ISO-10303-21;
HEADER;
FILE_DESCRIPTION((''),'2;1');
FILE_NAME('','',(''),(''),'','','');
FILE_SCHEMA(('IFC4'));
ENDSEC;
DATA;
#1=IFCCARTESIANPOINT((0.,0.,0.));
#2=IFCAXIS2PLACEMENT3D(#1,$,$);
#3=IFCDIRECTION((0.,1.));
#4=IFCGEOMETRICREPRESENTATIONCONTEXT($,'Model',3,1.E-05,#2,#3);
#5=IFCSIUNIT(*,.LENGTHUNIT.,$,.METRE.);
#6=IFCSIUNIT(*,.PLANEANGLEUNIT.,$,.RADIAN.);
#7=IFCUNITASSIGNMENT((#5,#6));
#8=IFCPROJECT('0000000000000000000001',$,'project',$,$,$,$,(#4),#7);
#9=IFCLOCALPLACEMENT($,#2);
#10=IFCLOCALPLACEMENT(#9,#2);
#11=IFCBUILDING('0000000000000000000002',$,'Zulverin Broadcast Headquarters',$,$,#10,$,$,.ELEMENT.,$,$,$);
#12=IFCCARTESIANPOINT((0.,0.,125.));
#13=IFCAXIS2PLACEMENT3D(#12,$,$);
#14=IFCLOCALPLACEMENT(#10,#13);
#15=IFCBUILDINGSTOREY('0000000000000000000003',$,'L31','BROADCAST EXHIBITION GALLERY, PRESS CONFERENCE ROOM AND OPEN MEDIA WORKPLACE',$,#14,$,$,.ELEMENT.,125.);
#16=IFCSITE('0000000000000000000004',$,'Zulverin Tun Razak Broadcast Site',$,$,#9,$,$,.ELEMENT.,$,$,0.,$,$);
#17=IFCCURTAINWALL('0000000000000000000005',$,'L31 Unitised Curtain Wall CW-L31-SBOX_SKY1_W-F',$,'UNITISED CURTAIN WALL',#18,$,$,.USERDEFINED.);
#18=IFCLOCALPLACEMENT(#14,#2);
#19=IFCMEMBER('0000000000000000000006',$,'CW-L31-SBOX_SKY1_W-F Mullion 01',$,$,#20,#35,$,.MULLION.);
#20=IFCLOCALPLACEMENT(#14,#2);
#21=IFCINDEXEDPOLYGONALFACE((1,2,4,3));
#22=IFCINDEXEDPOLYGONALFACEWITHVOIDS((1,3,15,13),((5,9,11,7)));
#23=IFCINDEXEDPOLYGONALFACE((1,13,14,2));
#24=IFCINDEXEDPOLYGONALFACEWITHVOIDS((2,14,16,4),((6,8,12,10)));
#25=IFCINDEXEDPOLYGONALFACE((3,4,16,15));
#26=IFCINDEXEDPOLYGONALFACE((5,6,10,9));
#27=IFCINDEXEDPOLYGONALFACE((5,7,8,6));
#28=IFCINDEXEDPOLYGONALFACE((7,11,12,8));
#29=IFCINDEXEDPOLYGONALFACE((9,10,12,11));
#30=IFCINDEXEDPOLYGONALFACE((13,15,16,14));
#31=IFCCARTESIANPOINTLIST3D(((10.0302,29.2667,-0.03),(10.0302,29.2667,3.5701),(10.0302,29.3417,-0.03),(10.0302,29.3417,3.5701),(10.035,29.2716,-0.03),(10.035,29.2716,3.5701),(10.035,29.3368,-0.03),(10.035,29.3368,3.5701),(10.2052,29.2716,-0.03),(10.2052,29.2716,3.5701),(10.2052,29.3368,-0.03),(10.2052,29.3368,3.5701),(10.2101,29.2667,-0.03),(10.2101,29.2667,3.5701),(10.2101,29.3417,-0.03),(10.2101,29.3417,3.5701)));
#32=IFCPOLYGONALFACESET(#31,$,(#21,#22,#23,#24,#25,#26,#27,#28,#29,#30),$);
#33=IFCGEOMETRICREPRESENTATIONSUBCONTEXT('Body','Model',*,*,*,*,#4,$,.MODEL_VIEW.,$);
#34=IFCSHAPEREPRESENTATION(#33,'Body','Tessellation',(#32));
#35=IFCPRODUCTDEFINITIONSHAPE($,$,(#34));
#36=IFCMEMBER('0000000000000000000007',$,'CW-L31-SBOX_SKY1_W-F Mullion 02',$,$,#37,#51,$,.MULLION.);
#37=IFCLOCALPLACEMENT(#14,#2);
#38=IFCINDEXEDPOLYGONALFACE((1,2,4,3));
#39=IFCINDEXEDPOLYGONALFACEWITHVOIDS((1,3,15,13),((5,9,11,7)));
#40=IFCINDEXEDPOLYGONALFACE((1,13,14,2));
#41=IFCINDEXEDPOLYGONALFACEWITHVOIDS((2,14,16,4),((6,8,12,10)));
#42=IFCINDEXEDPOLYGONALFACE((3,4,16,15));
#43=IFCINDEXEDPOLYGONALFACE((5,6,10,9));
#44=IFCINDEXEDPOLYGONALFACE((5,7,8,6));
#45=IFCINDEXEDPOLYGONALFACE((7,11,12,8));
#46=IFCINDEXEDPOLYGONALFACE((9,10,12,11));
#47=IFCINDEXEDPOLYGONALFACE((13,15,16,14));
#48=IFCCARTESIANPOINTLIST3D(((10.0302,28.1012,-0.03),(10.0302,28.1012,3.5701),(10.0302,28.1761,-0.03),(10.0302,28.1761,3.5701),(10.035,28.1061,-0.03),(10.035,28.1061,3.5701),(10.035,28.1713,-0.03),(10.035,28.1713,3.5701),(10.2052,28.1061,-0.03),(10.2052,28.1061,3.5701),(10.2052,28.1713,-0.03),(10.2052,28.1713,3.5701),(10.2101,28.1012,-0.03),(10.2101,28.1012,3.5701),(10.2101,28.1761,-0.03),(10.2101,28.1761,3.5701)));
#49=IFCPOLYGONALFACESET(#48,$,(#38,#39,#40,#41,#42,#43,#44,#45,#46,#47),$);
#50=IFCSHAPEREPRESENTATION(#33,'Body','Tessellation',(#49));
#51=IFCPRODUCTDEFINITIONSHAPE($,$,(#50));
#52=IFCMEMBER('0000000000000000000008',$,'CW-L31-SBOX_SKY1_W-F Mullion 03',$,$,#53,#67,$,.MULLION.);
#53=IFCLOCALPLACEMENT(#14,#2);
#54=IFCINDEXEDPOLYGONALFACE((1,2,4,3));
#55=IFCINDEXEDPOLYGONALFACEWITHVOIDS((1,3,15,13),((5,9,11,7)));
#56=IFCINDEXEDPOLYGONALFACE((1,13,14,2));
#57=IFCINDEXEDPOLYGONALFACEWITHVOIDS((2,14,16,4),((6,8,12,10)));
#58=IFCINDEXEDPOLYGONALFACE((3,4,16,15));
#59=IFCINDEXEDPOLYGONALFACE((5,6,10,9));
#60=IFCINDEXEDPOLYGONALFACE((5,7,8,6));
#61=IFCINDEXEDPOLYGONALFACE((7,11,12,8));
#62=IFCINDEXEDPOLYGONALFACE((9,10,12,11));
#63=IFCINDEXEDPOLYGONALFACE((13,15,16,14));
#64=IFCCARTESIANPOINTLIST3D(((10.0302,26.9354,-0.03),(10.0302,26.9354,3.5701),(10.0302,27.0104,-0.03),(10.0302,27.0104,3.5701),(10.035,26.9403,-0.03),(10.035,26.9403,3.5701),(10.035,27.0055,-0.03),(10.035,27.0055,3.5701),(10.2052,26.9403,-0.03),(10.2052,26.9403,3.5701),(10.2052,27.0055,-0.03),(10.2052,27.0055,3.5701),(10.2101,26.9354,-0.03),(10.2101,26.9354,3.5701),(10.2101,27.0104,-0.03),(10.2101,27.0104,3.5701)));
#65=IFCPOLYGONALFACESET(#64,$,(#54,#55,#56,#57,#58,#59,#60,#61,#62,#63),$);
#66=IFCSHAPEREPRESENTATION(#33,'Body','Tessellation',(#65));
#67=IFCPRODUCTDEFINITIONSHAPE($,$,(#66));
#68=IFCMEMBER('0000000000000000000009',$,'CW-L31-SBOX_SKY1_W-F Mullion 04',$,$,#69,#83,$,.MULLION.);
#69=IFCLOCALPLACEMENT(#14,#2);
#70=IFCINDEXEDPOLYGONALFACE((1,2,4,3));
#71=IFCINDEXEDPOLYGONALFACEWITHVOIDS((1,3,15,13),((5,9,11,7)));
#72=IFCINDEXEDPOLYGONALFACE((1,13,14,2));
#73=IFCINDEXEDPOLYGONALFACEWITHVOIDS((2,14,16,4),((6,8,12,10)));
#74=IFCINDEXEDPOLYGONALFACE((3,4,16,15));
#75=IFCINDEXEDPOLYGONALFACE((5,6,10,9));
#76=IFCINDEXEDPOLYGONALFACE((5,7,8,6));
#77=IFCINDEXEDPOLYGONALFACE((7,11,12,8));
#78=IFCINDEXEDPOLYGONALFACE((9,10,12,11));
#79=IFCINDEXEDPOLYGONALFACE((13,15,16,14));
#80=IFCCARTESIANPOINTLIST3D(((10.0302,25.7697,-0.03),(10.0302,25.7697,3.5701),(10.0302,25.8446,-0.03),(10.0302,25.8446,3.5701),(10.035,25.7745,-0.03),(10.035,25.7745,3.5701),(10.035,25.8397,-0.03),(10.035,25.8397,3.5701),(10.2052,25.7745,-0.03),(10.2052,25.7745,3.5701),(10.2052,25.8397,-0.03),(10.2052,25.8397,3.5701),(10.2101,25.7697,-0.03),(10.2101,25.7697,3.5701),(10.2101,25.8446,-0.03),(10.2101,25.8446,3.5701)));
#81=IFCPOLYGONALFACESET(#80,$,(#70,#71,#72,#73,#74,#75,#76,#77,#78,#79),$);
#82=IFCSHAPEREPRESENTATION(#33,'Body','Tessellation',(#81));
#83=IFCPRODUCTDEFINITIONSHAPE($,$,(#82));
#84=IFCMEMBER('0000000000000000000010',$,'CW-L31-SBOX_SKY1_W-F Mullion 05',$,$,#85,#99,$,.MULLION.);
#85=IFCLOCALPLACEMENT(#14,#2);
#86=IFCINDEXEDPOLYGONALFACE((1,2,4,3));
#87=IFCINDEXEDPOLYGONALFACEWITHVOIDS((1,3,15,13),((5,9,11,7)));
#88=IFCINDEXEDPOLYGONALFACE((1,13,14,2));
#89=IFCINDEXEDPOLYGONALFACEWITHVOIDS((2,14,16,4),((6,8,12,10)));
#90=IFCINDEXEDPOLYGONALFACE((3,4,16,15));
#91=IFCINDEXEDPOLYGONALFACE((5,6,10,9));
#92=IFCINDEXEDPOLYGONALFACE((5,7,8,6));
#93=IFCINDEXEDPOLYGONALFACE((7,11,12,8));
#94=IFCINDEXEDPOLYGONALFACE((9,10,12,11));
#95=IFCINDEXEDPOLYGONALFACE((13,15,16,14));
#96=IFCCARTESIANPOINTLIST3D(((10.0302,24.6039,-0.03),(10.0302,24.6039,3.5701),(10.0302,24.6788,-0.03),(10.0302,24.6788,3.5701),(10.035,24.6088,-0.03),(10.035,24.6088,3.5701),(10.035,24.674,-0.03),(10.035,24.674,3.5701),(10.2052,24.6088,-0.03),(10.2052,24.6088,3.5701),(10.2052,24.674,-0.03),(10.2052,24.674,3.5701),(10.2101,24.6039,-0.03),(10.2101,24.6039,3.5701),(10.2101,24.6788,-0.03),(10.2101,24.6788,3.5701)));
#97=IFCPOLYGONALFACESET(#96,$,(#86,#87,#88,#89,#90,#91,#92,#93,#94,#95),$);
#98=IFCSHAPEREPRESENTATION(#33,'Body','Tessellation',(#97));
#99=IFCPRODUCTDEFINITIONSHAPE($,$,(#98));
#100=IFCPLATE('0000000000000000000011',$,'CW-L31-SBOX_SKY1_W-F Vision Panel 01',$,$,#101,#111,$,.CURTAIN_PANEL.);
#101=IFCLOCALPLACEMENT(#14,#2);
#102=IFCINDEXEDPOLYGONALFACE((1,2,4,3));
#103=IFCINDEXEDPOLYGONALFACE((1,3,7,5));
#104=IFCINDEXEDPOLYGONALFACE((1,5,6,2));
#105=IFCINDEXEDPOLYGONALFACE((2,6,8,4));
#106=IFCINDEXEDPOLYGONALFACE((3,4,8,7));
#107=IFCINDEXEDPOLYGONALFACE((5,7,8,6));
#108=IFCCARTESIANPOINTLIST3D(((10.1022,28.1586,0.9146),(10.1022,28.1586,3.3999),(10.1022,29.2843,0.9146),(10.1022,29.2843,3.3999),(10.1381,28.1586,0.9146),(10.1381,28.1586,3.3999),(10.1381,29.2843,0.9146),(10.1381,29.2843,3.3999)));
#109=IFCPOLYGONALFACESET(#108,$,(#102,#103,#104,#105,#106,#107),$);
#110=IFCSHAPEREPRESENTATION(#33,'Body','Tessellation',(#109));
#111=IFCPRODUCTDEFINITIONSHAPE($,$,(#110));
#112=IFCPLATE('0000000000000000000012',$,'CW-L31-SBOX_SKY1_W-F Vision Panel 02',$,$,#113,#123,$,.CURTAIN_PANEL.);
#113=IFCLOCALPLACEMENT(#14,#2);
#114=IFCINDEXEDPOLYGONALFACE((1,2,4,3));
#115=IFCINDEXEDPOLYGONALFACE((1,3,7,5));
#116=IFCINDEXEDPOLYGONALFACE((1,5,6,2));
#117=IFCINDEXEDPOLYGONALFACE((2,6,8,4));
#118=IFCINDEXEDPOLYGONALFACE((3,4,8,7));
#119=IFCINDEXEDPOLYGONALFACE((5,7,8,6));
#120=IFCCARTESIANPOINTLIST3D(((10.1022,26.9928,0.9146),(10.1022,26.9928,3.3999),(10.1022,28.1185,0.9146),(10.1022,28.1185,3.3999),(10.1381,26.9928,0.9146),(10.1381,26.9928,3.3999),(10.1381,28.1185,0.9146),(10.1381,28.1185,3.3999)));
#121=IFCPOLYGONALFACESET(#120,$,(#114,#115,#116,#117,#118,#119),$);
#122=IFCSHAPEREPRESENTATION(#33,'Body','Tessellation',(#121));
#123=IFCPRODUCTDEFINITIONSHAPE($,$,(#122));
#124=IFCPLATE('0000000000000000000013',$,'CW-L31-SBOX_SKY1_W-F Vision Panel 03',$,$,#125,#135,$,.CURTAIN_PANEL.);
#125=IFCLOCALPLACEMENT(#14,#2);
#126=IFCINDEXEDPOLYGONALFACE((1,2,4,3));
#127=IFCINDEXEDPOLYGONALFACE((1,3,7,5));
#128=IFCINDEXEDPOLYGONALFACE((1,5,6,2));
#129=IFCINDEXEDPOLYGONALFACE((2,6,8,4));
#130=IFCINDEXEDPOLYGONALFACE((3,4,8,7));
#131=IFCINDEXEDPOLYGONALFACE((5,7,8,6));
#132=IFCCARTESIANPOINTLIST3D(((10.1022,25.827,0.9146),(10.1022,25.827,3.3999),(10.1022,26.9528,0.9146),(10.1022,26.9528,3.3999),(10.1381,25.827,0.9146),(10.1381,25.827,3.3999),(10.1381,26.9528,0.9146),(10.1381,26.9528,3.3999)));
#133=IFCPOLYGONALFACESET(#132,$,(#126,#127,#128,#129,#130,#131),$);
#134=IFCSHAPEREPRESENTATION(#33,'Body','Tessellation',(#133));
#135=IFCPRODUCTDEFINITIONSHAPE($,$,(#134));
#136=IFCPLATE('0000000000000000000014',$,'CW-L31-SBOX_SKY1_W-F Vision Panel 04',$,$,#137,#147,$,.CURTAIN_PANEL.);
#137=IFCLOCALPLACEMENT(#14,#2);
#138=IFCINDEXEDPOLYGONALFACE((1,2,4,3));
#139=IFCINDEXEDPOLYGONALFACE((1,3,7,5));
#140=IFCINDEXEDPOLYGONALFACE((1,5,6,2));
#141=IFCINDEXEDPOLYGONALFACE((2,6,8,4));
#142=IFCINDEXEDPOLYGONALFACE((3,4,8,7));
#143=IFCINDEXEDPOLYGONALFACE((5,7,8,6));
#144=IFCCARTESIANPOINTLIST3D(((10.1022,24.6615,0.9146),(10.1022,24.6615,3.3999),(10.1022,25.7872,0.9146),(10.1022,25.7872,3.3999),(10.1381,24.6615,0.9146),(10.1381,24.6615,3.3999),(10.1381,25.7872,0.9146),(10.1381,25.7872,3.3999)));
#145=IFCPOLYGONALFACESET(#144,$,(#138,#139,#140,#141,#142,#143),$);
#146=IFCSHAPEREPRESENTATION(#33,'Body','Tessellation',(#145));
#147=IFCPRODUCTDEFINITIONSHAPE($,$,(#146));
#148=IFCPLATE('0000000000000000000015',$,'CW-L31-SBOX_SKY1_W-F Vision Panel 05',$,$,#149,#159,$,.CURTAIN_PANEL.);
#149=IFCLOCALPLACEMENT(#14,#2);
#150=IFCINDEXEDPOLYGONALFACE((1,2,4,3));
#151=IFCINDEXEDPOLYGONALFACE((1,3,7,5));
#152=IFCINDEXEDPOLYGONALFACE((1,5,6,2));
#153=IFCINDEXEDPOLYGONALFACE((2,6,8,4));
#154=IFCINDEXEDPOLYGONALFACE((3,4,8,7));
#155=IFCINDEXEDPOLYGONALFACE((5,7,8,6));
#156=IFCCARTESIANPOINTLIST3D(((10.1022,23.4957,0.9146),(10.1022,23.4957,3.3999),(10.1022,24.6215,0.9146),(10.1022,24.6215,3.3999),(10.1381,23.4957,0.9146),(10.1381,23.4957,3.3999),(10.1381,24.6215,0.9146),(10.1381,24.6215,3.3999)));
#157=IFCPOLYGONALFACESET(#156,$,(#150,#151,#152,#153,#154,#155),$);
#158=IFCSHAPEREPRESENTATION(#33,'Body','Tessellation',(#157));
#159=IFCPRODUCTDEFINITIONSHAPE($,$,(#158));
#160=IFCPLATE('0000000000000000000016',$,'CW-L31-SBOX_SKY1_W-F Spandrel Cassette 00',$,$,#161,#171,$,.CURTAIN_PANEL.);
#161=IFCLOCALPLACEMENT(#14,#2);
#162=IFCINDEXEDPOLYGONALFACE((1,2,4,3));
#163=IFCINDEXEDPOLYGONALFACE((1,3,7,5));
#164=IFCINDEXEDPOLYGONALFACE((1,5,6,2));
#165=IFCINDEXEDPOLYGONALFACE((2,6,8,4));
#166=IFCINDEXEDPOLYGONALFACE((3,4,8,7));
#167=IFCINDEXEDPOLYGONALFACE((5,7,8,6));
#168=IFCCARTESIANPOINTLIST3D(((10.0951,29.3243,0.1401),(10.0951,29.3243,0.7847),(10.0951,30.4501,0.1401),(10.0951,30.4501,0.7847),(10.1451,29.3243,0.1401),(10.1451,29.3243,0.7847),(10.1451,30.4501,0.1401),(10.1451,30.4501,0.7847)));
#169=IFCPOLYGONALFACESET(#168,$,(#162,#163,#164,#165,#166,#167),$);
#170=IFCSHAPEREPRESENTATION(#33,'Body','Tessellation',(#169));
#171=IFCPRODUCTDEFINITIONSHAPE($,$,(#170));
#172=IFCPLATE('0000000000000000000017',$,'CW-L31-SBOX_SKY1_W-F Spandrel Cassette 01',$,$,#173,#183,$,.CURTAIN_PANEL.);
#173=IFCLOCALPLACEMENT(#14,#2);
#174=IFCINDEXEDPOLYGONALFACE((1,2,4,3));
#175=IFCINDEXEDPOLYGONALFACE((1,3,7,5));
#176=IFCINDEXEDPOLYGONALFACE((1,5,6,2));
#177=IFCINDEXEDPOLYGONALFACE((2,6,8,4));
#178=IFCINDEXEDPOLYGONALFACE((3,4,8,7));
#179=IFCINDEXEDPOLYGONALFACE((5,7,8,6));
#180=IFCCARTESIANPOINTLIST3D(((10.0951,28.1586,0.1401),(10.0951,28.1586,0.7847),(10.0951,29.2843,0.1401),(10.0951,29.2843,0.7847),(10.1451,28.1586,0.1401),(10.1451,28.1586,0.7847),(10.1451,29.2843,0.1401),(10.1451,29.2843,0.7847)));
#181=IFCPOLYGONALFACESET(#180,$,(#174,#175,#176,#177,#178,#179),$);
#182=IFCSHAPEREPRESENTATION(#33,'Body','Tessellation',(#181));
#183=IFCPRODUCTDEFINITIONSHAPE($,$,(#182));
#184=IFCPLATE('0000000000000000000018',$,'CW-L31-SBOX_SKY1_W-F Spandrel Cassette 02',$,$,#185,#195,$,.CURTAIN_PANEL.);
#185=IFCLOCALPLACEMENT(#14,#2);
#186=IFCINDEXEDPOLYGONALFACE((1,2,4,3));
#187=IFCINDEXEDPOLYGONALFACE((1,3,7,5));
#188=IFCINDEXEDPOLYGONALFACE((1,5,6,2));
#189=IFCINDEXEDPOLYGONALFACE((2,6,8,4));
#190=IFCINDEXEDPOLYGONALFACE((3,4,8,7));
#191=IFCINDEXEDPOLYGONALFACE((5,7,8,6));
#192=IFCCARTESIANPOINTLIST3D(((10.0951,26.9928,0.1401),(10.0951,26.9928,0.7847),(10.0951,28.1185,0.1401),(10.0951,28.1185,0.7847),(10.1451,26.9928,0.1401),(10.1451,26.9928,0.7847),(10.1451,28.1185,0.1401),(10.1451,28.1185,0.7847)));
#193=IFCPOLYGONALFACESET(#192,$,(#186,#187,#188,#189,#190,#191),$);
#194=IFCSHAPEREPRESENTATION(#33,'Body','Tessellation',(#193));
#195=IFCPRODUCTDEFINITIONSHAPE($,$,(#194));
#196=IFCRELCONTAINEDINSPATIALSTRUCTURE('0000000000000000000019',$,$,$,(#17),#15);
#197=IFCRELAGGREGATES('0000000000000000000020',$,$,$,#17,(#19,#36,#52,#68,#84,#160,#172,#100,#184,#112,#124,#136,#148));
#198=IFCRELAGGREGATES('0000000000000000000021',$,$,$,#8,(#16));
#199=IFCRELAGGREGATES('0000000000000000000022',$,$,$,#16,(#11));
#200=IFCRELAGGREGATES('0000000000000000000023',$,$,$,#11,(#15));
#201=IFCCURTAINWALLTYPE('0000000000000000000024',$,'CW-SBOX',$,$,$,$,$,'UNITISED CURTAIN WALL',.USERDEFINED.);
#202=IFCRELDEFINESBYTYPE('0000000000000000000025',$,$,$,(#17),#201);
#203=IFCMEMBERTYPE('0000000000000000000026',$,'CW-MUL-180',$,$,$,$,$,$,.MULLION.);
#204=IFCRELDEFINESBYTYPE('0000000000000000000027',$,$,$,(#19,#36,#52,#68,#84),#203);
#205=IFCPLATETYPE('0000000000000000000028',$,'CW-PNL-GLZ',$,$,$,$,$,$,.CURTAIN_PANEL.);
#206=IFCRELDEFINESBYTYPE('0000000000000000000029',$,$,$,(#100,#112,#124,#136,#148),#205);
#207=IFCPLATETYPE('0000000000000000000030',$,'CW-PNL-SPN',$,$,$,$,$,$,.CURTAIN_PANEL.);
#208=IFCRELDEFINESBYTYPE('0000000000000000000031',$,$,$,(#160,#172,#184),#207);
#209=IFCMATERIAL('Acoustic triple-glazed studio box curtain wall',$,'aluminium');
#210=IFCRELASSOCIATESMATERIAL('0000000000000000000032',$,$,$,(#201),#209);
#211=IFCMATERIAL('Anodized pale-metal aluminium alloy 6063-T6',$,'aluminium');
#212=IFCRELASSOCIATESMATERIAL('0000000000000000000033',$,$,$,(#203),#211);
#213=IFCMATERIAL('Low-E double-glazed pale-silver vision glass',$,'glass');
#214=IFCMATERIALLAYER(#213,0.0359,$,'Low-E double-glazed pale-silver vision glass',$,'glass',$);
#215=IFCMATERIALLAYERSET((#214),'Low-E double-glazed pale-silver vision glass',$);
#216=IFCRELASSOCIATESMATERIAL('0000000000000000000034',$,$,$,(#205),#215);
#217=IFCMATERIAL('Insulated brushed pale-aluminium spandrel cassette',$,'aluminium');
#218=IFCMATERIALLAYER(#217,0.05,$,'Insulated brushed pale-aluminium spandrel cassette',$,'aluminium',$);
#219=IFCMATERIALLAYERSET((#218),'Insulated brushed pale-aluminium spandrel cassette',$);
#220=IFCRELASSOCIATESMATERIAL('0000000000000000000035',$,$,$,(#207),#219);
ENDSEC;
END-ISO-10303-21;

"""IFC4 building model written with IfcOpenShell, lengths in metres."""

from ifc_helpers import new_model, si_unit, direction, frame, origin, origin_2d, place, context, subcontext, project, spatial, rectangle, hollow_rectangle, extrude, material, layer, layer_set, material_profile, profile_set, type_object, element, aggregate, save


model = new_model("IFC4")

# Units and contexts
model_context = context("Model", 3, precision=1e-05, world=origin(), true_north=direction((0.0, 1.0)))
body_context = subcontext(model_context, "Body", "Model", "MODEL_VIEW")
ifc_project = project(units=[si_unit("LENGTHUNIT", "METRE"), si_unit("PLANEANGLEUNIT", "RADIAN")], contexts=[model_context])

# Site, building, storey
site_placement = place(None, origin())
site = spatial("IfcSite", under=ifc_project, at=site_placement, Name="Zulverin Tun Razak Broadcast Site", CompositionType="ELEMENT", RefElevation=0.0)
building_placement = place(site_placement, origin())
building = spatial("IfcBuilding", under=site, at=building_placement, Name="Zulverin Broadcast Headquarters", CompositionType="ELEMENT")
storey_placement = place(building_placement, frame((0.0, 0.0, 125.0)))
storey = spatial("IfcBuildingStorey", under=building, at=storey_placement, Name="L31", Description="BROADCAST EXHIBITION GALLERY, PRESS CONFERENCE ROOM AND OPEN MEDIA WORKPLACE", CompositionType="ELEMENT", Elevation=125.0)

# Curtain wall, members, plates
ifc_material_1 = material(Name="Acoustic triple-glazed studio box curtain wall", Category="aluminium")
curtain_wall_type = type_object("IfcCurtainWallType", Name="CW-SBOX", ElementType="UNITISED CURTAIN WALL", PredefinedType="USERDEFINED", material=ifc_material_1)
curtain_wall_placement = place(storey_placement, origin())
curtain_wall = element("IfcCurtainWall", 1, at=curtain_wall_placement, inside=storey, type_object=curtain_wall_type, Name="L31 Unitised Curtain Wall CW-L31-SBOX_SKY1_W-F", ObjectType="UNITISED CURTAIN WALL", PredefinedType="USERDEFINED")
ifc_material_2 = material(Name="Anodized pale-metal aluminium alloy 6063-T6", Category="aluminium")
ifc_material_profile = material_profile(ifc_material_2, hollow_rectangle(XDim=0.075, YDim=0.1799, WallThickness=0.0049, at=origin_2d()), Name="Anodized pale-metal aluminium alloy 6063-T6", Category="aluminium")
ifc_profile_set = profile_set([ifc_material_profile], Name="Anodized pale-metal aluminium alloy 6063-T6")
member_type = type_object("IfcMemberType", Name="CW-MUL-180", PredefinedType="MULLION", material=ifc_profile_set)
member_1_placement = place(storey_placement, frame((10.1201, 29.3042, -0.03), z_axis=(0.0, 0.0, 1.0), x_axis=(0.0, -1.0, 0.0)))
member_1 = element("IfcMember", 2, at=member_1_placement, type_object=member_type, Name="CW-L31-SBOX_SKY1_W-F Mullion 01", PredefinedType="MULLION", context=body_context, shape_type="SweptSolid", body=[
    extrude(hollow_rectangle(XDim=0.075, YDim=0.1799, WallThickness=0.0049, at=origin_2d()), origin(), (0.0, 0.0, 1.0), 3.6001),
])
member_2_placement = place(storey_placement, frame((10.1201, 28.1387, -0.03), z_axis=(0.0, 0.0, 1.0), x_axis=(0.0, -1.0, 0.0)))
member_2 = element("IfcMember", 3, at=member_2_placement, type_object=member_type, Name="CW-L31-SBOX_SKY1_W-F Mullion 02", PredefinedType="MULLION", context=body_context, shape_type="SweptSolid", body=[
    extrude(hollow_rectangle(XDim=0.075, YDim=0.1799, WallThickness=0.0049, at=origin_2d()), origin(), (0.0, 0.0, 1.0), 3.6001),
])
member_3_placement = place(storey_placement, frame((10.1201, 26.9729, -0.03), z_axis=(0.0, 0.0, 1.0), x_axis=(0.0, -1.0, 0.0)))
member_3 = element("IfcMember", 4, at=member_3_placement, type_object=member_type, Name="CW-L31-SBOX_SKY1_W-F Mullion 03", PredefinedType="MULLION", context=body_context, shape_type="SweptSolid", body=[
    extrude(hollow_rectangle(XDim=0.075, YDim=0.1799, WallThickness=0.0049, at=origin_2d()), origin(), (0.0, 0.0, 1.0), 3.6001),
])
member_4_placement = place(storey_placement, frame((10.1201, 25.8071, -0.03), z_axis=(0.0, 0.0, 1.0), x_axis=(0.0, -1.0, 0.0)))
member_4 = element("IfcMember", 5, at=member_4_placement, type_object=member_type, Name="CW-L31-SBOX_SKY1_W-F Mullion 04", PredefinedType="MULLION", context=body_context, shape_type="SweptSolid", body=[
    extrude(hollow_rectangle(XDim=0.075, YDim=0.1799, WallThickness=0.0049, at=origin_2d()), origin(), (0.0, 0.0, 1.0), 3.6001),
])
member_5_placement = place(storey_placement, frame((10.1201, 24.6414, -0.03), z_axis=(0.0, 0.0, 1.0), x_axis=(0.0, -1.0, 0.0)))
member_5 = element("IfcMember", 6, at=member_5_placement, type_object=member_type, Name="CW-L31-SBOX_SKY1_W-F Mullion 05", PredefinedType="MULLION", context=body_context, shape_type="SweptSolid", body=[
    extrude(hollow_rectangle(XDim=0.075, YDim=0.1799, WallThickness=0.0049, at=origin_2d()), origin(), (0.0, 0.0, 1.0), 3.6001),
])
ifc_material_3 = material(Name="Low-E double-glazed pale-silver vision glass", Category="glass")
ifc_layer_1 = layer(ifc_material_3, 0.0359, Name="Low-E double-glazed pale-silver vision glass", Category="glass")
ifc_layer_set_1 = layer_set([ifc_layer_1], Name="Low-E double-glazed pale-silver vision glass")
plate_type_1 = type_object("IfcPlateType", Name="CW-PNL-GLZ", PredefinedType="CURTAIN_PANEL", material=ifc_layer_set_1)
plate_1_placement = place(storey_placement, frame((10.1201, 28.7214, 0.9146), z_axis=(0.0, 0.0, 1.0), x_axis=(0.0, -1.0, 0.0)))
plate_1 = element("IfcPlate", 7, at=plate_1_placement, type_object=plate_type_1, Name="CW-L31-SBOX_SKY1_W-F Vision Panel 01", PredefinedType="CURTAIN_PANEL", context=body_context, shape_type="SweptSolid", body=[
    extrude(rectangle(XDim=1.1257, YDim=0.0359, at=origin_2d()), origin(), (0.0, 0.0, 1.0), 2.4854),
])
plate_2_placement = place(storey_placement, frame((10.1201, 27.5557, 0.9146), z_axis=(0.0, 0.0, 1.0), x_axis=(0.0, -1.0, 0.0)))
plate_2 = element("IfcPlate", 8, at=plate_2_placement, type_object=plate_type_1, Name="CW-L31-SBOX_SKY1_W-F Vision Panel 02", PredefinedType="CURTAIN_PANEL", context=body_context, shape_type="SweptSolid", body=[
    extrude(rectangle(XDim=1.1257, YDim=0.0359, at=origin_2d()), origin(), (0.0, 0.0, 1.0), 2.4854),
])
plate_3_placement = place(storey_placement, frame((10.1201, 26.3899, 0.9146), z_axis=(0.0, 0.0, 1.0), x_axis=(0.0, -1.0, 0.0)))
plate_3 = element("IfcPlate", 9, at=plate_3_placement, type_object=plate_type_1, Name="CW-L31-SBOX_SKY1_W-F Vision Panel 03", PredefinedType="CURTAIN_PANEL", context=body_context, shape_type="SweptSolid", body=[
    extrude(rectangle(XDim=1.1257, YDim=0.0359, at=origin_2d()), origin(), (0.0, 0.0, 1.0), 2.4854),
])
plate_4_placement = place(storey_placement, frame((10.1201, 25.2244, 0.9146), z_axis=(0.0, 0.0, 1.0), x_axis=(0.0, -1.0, 0.0)))
plate_4 = element("IfcPlate", 10, at=plate_4_placement, type_object=plate_type_1, Name="CW-L31-SBOX_SKY1_W-F Vision Panel 04", PredefinedType="CURTAIN_PANEL", context=body_context, shape_type="SweptSolid", body=[
    extrude(rectangle(XDim=1.1257, YDim=0.0359, at=origin_2d()), origin(), (0.0, 0.0, 1.0), 2.4854),
])
plate_5_placement = place(storey_placement, frame((10.1201, 24.0586, 0.9146), z_axis=(0.0, 0.0, 1.0), x_axis=(0.0, -1.0, 0.0)))
plate_5 = element("IfcPlate", 11, at=plate_5_placement, type_object=plate_type_1, Name="CW-L31-SBOX_SKY1_W-F Vision Panel 05", PredefinedType="CURTAIN_PANEL", context=body_context, shape_type="SweptSolid", body=[
    extrude(rectangle(XDim=1.1257, YDim=0.0359, at=origin_2d()), origin(), (0.0, 0.0, 1.0), 2.4854),
])
ifc_material_4 = material(Name="Insulated brushed pale-aluminium spandrel cassette", Category="aluminium")
ifc_layer_2 = layer(ifc_material_4, 0.05, Name="Insulated brushed pale-aluminium spandrel cassette", Category="aluminium")
ifc_layer_set_2 = layer_set([ifc_layer_2], Name="Insulated brushed pale-aluminium spandrel cassette")
plate_type_2 = type_object("IfcPlateType", Name="CW-PNL-SPN", PredefinedType="CURTAIN_PANEL", material=ifc_layer_set_2)
plate_6_placement = place(storey_placement, frame((10.1201, 29.8872, 0.1401), z_axis=(0.0, 0.0, 1.0), x_axis=(0.0, -1.0, 0.0)))
plate_6 = element("IfcPlate", 12, at=plate_6_placement, type_object=plate_type_2, Name="CW-L31-SBOX_SKY1_W-F Spandrel Cassette 00", PredefinedType="CURTAIN_PANEL", context=body_context, shape_type="SweptSolid", body=[
    extrude(rectangle(XDim=1.1257, YDim=0.05, at=origin_2d()), origin(), (0.0, 0.0, 1.0), 0.6445),
])
plate_7_placement = place(storey_placement, frame((10.1201, 28.7214, 0.1401), z_axis=(0.0, 0.0, 1.0), x_axis=(0.0, -1.0, 0.0)))
plate_7 = element("IfcPlate", 13, at=plate_7_placement, type_object=plate_type_2, Name="CW-L31-SBOX_SKY1_W-F Spandrel Cassette 01", PredefinedType="CURTAIN_PANEL", context=body_context, shape_type="SweptSolid", body=[
    extrude(rectangle(XDim=1.1257, YDim=0.05, at=origin_2d()), origin(), (0.0, 0.0, 1.0), 0.6445),
])
plate_8_placement = place(storey_placement, frame((10.1201, 27.5557, 0.1401), z_axis=(0.0, 0.0, 1.0), x_axis=(0.0, -1.0, 0.0)))
plate_8 = element("IfcPlate", 14, at=plate_8_placement, type_object=plate_type_2, Name="CW-L31-SBOX_SKY1_W-F Spandrel Cassette 02", PredefinedType="CURTAIN_PANEL", context=body_context, shape_type="SweptSolid", body=[
    extrude(rectangle(XDim=1.1257, YDim=0.05, at=origin_2d()), origin(), (0.0, 0.0, 1.0), 0.6445),
])
aggregate(curtain_wall, [member_1, member_2, member_3, member_4, member_5, plate_6, plate_7, plate_1, plate_8, plate_2, plate_3, plate_4, plate_5])

save(model, "model.ifc")
